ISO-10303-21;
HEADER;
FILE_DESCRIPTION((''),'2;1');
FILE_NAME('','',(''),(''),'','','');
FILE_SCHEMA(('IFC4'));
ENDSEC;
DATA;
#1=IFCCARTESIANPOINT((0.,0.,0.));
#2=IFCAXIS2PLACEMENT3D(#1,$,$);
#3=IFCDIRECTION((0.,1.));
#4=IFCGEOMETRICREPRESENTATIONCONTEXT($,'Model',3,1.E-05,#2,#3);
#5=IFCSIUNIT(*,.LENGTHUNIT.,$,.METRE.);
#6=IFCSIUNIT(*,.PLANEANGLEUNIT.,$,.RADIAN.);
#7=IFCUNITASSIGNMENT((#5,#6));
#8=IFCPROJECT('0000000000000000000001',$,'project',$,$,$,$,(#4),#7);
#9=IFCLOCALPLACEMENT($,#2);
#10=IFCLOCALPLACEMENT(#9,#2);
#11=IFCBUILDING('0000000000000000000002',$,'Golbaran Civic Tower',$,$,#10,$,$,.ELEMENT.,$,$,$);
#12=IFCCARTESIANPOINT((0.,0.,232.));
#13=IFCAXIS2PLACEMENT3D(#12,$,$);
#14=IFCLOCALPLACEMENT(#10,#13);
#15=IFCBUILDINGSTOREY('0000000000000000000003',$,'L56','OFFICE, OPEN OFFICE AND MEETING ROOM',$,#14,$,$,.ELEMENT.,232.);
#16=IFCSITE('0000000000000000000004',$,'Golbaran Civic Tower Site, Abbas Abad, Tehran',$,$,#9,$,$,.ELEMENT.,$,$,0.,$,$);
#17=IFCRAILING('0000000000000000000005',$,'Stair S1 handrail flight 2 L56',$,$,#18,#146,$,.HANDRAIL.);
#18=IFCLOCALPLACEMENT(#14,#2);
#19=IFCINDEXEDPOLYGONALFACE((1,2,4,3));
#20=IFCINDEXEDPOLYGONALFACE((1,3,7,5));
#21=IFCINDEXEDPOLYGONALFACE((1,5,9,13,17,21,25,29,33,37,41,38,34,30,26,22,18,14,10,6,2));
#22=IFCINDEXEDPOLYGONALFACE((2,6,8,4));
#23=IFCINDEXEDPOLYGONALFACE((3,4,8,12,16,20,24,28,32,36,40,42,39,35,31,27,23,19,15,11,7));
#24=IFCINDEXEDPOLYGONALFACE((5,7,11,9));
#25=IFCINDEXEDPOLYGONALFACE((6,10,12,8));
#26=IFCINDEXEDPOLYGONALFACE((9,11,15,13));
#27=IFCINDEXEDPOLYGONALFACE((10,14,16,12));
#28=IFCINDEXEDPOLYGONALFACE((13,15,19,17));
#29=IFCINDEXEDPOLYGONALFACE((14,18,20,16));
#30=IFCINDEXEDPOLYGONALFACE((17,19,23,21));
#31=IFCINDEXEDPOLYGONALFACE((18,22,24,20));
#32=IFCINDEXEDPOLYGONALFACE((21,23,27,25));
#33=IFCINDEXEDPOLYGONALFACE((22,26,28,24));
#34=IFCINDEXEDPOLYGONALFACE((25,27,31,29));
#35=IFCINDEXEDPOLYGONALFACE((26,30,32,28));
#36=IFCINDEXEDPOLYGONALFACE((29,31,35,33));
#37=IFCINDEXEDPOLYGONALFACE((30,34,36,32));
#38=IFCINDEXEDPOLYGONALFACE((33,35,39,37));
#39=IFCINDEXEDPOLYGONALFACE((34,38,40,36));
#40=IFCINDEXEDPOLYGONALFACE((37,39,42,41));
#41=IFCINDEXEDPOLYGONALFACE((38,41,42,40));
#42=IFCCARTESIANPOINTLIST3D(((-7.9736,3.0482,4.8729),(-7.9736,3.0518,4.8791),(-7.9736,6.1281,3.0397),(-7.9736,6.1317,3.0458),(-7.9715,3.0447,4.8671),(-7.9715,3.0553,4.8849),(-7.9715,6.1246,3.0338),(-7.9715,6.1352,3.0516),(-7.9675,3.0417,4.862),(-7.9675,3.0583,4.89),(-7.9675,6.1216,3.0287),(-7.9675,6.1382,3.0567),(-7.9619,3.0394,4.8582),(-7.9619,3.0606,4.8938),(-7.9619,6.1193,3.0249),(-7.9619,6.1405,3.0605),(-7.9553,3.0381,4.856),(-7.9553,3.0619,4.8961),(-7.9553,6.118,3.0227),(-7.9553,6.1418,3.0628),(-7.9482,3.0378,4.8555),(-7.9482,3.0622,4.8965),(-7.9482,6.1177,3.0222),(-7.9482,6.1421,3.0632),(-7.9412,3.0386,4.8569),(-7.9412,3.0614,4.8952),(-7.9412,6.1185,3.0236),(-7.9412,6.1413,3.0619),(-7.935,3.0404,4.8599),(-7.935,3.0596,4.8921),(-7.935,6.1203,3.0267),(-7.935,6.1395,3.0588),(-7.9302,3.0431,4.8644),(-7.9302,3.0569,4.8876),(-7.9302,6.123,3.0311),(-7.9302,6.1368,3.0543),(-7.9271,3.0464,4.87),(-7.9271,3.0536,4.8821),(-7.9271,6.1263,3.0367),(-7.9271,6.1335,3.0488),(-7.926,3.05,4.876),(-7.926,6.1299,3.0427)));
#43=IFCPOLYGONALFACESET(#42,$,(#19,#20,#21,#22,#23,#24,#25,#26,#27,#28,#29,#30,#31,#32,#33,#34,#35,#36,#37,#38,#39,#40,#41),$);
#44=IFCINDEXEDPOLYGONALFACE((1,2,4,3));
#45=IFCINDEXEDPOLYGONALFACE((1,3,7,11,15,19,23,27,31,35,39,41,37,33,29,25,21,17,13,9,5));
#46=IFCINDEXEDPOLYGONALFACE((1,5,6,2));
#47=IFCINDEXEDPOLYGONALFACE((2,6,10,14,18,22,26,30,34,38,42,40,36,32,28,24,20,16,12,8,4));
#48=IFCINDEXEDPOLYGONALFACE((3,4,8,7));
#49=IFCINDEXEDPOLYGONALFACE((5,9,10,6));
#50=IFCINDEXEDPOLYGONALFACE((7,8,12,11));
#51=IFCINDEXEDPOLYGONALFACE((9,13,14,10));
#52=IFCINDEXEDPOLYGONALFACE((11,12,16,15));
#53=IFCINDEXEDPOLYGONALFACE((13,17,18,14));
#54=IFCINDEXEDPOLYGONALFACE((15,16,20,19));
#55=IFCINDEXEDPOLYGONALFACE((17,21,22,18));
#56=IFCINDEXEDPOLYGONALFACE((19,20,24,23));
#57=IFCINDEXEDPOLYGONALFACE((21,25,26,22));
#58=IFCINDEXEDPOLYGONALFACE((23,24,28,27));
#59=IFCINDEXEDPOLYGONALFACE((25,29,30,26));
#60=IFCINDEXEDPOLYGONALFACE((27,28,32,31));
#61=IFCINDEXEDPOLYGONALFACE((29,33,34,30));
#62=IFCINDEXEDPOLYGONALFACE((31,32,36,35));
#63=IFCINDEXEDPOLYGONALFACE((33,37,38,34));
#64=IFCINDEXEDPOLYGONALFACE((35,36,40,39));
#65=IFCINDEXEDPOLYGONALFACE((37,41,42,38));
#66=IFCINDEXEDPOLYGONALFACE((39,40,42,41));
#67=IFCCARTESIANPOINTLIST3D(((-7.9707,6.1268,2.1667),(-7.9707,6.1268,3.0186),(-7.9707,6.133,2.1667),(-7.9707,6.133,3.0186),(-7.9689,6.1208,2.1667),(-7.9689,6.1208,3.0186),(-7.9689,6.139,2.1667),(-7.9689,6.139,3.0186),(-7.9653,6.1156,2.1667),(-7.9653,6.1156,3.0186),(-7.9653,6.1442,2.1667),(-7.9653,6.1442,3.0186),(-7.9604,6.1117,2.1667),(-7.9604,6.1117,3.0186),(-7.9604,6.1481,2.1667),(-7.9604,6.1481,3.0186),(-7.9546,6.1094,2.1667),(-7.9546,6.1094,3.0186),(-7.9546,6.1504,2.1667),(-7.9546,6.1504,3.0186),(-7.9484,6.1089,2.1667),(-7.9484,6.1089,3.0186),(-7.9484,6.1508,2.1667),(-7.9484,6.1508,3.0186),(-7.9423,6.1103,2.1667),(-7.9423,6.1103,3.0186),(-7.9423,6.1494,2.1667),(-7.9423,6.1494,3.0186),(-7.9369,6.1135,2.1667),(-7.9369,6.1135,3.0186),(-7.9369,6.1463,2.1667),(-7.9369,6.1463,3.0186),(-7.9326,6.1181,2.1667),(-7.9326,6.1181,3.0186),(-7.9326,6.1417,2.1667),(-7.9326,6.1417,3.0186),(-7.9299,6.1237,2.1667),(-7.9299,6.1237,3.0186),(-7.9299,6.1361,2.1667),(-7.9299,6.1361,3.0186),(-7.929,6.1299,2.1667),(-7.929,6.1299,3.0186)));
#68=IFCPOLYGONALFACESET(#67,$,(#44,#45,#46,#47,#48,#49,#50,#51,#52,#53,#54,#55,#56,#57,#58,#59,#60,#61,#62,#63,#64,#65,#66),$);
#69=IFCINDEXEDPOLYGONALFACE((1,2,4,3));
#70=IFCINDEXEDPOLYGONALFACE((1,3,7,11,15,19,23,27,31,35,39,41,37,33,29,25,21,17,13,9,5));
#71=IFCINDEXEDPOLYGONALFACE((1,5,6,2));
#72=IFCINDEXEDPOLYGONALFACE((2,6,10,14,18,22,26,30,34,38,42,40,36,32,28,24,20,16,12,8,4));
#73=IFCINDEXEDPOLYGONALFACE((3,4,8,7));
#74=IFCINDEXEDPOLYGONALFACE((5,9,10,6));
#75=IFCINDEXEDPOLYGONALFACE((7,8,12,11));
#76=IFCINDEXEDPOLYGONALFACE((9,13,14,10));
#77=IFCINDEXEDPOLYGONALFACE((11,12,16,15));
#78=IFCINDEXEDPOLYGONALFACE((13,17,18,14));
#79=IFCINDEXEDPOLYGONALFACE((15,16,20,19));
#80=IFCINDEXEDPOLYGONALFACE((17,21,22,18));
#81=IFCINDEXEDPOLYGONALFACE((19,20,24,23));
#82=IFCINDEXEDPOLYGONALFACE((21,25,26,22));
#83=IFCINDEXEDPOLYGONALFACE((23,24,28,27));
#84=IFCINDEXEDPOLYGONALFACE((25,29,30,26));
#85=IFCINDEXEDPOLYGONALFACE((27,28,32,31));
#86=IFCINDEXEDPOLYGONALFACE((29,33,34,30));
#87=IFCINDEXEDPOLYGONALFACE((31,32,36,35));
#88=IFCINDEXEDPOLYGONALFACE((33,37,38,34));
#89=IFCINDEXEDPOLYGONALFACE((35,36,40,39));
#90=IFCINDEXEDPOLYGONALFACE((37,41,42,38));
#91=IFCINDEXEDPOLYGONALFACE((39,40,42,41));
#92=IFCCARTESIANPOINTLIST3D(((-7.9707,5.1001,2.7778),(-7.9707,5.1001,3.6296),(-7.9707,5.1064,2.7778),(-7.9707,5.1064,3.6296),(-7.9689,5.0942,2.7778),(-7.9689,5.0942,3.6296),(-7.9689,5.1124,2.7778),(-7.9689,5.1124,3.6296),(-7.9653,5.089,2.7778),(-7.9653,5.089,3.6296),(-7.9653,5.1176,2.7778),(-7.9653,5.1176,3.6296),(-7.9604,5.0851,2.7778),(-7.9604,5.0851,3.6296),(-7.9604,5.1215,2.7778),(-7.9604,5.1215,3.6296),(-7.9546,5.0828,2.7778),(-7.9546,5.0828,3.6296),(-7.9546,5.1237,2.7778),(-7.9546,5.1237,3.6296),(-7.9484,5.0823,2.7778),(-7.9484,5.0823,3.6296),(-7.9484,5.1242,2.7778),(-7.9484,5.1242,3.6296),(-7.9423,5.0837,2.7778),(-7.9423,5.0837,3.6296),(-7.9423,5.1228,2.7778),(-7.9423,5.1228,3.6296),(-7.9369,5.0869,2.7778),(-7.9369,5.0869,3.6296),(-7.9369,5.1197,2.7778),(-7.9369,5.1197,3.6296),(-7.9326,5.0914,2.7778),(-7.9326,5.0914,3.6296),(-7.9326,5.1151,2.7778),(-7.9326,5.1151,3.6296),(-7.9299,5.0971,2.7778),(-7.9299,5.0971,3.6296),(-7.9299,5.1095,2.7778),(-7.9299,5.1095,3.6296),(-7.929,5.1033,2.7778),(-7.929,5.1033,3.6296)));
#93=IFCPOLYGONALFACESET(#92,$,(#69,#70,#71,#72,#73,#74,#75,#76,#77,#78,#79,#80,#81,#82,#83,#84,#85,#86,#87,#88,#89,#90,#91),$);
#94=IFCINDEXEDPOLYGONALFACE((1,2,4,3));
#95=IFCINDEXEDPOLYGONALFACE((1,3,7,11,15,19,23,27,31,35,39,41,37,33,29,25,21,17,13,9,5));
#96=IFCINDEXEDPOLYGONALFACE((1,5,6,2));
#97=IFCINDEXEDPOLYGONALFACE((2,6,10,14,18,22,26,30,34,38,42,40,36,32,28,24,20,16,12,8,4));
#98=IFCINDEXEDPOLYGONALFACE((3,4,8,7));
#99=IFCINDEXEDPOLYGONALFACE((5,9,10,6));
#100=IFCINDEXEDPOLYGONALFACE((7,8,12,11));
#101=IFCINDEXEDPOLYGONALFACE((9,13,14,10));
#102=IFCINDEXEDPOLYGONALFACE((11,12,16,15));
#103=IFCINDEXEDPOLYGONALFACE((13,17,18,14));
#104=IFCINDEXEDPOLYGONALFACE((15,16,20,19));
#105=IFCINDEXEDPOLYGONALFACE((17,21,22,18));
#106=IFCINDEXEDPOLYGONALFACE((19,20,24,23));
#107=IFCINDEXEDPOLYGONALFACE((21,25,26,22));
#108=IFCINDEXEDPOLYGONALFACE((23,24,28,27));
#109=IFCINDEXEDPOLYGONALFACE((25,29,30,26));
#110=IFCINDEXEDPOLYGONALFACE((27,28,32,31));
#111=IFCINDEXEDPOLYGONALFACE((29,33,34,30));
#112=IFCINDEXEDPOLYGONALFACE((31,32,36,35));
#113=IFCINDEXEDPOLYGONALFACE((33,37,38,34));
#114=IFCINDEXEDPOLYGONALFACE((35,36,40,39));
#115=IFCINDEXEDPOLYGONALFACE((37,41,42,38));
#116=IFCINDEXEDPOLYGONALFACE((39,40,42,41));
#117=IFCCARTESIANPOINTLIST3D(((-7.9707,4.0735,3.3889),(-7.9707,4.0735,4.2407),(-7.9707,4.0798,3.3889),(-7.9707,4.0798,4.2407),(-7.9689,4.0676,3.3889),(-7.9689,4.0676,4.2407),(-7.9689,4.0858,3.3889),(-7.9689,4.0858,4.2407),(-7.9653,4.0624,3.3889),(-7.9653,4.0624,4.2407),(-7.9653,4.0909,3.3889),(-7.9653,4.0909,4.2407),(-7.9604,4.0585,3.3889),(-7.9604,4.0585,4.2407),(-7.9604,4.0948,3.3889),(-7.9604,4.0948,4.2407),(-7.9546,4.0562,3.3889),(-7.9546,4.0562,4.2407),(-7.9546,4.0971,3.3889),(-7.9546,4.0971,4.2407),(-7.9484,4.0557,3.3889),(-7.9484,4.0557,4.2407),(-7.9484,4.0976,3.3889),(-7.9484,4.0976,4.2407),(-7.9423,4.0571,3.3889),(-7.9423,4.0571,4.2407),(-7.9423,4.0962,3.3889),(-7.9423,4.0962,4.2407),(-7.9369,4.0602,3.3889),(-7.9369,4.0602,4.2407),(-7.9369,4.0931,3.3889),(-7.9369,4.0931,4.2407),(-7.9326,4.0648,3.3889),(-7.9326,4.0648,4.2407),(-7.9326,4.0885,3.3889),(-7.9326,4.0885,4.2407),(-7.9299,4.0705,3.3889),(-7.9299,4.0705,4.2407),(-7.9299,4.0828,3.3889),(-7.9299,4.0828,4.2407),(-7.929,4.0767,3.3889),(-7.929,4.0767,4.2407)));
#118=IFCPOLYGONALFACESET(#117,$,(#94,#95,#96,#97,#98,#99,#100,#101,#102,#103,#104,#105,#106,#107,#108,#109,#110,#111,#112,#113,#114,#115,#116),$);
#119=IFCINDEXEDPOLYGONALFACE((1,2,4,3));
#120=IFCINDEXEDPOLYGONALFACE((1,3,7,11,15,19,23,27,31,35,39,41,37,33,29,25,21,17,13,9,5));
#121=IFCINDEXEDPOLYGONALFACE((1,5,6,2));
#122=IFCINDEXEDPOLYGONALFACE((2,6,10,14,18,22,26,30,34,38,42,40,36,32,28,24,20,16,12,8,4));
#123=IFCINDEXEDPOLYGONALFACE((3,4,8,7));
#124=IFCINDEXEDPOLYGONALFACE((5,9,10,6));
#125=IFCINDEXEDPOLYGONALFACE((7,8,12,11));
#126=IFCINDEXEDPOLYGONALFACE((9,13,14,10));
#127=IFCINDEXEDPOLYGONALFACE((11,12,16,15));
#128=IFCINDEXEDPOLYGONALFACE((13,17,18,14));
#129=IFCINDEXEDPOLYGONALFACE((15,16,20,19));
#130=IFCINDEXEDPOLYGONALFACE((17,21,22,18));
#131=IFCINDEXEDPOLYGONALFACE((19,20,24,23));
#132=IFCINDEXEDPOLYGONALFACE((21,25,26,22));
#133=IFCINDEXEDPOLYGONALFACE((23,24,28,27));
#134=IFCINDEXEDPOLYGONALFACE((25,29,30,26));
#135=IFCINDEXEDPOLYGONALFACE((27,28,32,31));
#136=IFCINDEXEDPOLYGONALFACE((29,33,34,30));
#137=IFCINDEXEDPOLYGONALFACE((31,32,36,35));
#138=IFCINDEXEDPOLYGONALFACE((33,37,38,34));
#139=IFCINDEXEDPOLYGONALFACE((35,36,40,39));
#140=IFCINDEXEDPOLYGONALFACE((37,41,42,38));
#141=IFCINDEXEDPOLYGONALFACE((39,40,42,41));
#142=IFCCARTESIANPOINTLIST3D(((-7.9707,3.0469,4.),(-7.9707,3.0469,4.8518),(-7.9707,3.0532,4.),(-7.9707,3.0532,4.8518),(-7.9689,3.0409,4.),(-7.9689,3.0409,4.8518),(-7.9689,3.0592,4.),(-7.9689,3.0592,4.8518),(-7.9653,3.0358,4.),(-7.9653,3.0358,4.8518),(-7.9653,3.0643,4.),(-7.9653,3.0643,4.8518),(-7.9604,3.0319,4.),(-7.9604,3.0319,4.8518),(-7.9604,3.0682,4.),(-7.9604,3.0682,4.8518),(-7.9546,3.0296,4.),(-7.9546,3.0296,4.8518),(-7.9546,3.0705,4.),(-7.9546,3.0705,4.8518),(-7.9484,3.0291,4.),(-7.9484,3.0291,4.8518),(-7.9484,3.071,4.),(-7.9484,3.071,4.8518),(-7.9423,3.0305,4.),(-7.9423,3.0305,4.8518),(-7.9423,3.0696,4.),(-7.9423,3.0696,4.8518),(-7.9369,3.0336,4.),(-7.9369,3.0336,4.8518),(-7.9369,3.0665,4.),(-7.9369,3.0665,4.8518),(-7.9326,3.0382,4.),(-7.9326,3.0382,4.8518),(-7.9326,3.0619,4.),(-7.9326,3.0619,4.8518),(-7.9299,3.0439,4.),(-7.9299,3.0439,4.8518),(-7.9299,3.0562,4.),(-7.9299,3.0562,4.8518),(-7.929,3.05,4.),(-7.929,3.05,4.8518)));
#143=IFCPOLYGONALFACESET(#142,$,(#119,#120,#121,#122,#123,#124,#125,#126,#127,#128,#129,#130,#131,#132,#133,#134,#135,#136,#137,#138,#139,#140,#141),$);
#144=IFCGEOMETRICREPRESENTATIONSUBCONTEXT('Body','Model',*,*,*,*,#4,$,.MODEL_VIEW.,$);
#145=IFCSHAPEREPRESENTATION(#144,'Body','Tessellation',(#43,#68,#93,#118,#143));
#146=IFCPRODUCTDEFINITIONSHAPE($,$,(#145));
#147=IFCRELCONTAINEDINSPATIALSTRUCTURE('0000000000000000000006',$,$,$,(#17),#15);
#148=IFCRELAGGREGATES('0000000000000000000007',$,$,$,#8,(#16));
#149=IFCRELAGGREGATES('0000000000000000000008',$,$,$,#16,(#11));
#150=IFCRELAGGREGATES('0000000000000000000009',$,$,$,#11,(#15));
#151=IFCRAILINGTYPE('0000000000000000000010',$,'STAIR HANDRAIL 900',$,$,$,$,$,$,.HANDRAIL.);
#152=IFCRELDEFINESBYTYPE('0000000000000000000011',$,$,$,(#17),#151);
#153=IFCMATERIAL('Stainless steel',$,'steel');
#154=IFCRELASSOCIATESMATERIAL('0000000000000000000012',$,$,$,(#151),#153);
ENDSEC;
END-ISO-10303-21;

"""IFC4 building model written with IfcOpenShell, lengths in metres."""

from ifc_helpers import new_model, si_unit, direction, frame, origin, origin_2d, place, context, subcontext, project, spatial, circle, extrude, material, type_object, element, save


model = new_model("IFC4")

# Units and contexts
model_context = context("Model", 3, precision=1e-05, world=origin(), true_north=direction((0.0, 1.0)))
body_context = subcontext(model_context, "Body", "Model", "MODEL_VIEW")
ifc_project = project(units=[si_unit("LENGTHUNIT", "METRE"), si_unit("PLANEANGLEUNIT", "RADIAN")], contexts=[model_context])

# Site, building, storey
site_placement = place(None, origin())
site = spatial("IfcSite", under=ifc_project, at=site_placement, Name="Golbaran Civic Tower Site, Abbas Abad, Tehran", CompositionType="ELEMENT", RefElevation=0.0)
building_placement = place(site_placement, origin())
building = spatial("IfcBuilding", under=site, at=building_placement, Name="Golbaran Civic Tower", CompositionType="ELEMENT")
storey_placement = place(building_placement, frame((0.0, 0.0, 232.0)))
storey = spatial("IfcBuildingStorey", under=building, at=storey_placement, Name="L56", Description="OFFICE, OPEN OFFICE AND MEETING ROOM", CompositionType="ELEMENT", Elevation=232.0)

# Shared definitions
ifc_material_1 = material(Name="Stainless steel", Category="steel")

# Railing
railing_type = type_object("IfcRailingType", Name="STAIR HANDRAIL 900", PredefinedType="HANDRAIL", material=ifc_material_1)
railing_1_placement = place(storey_placement, frame((-7.95, 6.1299, 2.1667)))
element("IfcRailing", 1, at=railing_1_placement, inside=storey, type_object=railing_type, Name="Stair S1 handrail flight 2 L56", PredefinedType="HANDRAIL", context=body_context, shape_type="SweptSolid", body=[
    extrude(circle(Radius=0.0239, at=origin_2d()), frame((0.0, 0.0, 0.876), z_axis=(0.0, -0.859291, 0.511487), x_axis=(1.0, 0.0, 0.0)), (0.0, 0.0, 1.0), 3.5842),
    extrude(circle(Radius=0.021, at=origin_2d()), origin(), (0.0, 0.0, 1.0), 0.8518),
    extrude(circle(Radius=0.021, at=origin_2d()), frame((0.0, -1.0266, 0.6111)), (0.0, 0.0, 1.0), 0.8518),
    extrude(circle(Radius=0.021, at=origin_2d()), frame((0.0, -2.0532, 1.2222)), (0.0, 0.0, 1.0), 0.8518),
    extrude(circle(Radius=0.021, at=origin_2d()), frame((0.0, -3.0798, 1.8333)), (0.0, 0.0, 1.0), 0.8518),
])

save(model, "model.ifc")
